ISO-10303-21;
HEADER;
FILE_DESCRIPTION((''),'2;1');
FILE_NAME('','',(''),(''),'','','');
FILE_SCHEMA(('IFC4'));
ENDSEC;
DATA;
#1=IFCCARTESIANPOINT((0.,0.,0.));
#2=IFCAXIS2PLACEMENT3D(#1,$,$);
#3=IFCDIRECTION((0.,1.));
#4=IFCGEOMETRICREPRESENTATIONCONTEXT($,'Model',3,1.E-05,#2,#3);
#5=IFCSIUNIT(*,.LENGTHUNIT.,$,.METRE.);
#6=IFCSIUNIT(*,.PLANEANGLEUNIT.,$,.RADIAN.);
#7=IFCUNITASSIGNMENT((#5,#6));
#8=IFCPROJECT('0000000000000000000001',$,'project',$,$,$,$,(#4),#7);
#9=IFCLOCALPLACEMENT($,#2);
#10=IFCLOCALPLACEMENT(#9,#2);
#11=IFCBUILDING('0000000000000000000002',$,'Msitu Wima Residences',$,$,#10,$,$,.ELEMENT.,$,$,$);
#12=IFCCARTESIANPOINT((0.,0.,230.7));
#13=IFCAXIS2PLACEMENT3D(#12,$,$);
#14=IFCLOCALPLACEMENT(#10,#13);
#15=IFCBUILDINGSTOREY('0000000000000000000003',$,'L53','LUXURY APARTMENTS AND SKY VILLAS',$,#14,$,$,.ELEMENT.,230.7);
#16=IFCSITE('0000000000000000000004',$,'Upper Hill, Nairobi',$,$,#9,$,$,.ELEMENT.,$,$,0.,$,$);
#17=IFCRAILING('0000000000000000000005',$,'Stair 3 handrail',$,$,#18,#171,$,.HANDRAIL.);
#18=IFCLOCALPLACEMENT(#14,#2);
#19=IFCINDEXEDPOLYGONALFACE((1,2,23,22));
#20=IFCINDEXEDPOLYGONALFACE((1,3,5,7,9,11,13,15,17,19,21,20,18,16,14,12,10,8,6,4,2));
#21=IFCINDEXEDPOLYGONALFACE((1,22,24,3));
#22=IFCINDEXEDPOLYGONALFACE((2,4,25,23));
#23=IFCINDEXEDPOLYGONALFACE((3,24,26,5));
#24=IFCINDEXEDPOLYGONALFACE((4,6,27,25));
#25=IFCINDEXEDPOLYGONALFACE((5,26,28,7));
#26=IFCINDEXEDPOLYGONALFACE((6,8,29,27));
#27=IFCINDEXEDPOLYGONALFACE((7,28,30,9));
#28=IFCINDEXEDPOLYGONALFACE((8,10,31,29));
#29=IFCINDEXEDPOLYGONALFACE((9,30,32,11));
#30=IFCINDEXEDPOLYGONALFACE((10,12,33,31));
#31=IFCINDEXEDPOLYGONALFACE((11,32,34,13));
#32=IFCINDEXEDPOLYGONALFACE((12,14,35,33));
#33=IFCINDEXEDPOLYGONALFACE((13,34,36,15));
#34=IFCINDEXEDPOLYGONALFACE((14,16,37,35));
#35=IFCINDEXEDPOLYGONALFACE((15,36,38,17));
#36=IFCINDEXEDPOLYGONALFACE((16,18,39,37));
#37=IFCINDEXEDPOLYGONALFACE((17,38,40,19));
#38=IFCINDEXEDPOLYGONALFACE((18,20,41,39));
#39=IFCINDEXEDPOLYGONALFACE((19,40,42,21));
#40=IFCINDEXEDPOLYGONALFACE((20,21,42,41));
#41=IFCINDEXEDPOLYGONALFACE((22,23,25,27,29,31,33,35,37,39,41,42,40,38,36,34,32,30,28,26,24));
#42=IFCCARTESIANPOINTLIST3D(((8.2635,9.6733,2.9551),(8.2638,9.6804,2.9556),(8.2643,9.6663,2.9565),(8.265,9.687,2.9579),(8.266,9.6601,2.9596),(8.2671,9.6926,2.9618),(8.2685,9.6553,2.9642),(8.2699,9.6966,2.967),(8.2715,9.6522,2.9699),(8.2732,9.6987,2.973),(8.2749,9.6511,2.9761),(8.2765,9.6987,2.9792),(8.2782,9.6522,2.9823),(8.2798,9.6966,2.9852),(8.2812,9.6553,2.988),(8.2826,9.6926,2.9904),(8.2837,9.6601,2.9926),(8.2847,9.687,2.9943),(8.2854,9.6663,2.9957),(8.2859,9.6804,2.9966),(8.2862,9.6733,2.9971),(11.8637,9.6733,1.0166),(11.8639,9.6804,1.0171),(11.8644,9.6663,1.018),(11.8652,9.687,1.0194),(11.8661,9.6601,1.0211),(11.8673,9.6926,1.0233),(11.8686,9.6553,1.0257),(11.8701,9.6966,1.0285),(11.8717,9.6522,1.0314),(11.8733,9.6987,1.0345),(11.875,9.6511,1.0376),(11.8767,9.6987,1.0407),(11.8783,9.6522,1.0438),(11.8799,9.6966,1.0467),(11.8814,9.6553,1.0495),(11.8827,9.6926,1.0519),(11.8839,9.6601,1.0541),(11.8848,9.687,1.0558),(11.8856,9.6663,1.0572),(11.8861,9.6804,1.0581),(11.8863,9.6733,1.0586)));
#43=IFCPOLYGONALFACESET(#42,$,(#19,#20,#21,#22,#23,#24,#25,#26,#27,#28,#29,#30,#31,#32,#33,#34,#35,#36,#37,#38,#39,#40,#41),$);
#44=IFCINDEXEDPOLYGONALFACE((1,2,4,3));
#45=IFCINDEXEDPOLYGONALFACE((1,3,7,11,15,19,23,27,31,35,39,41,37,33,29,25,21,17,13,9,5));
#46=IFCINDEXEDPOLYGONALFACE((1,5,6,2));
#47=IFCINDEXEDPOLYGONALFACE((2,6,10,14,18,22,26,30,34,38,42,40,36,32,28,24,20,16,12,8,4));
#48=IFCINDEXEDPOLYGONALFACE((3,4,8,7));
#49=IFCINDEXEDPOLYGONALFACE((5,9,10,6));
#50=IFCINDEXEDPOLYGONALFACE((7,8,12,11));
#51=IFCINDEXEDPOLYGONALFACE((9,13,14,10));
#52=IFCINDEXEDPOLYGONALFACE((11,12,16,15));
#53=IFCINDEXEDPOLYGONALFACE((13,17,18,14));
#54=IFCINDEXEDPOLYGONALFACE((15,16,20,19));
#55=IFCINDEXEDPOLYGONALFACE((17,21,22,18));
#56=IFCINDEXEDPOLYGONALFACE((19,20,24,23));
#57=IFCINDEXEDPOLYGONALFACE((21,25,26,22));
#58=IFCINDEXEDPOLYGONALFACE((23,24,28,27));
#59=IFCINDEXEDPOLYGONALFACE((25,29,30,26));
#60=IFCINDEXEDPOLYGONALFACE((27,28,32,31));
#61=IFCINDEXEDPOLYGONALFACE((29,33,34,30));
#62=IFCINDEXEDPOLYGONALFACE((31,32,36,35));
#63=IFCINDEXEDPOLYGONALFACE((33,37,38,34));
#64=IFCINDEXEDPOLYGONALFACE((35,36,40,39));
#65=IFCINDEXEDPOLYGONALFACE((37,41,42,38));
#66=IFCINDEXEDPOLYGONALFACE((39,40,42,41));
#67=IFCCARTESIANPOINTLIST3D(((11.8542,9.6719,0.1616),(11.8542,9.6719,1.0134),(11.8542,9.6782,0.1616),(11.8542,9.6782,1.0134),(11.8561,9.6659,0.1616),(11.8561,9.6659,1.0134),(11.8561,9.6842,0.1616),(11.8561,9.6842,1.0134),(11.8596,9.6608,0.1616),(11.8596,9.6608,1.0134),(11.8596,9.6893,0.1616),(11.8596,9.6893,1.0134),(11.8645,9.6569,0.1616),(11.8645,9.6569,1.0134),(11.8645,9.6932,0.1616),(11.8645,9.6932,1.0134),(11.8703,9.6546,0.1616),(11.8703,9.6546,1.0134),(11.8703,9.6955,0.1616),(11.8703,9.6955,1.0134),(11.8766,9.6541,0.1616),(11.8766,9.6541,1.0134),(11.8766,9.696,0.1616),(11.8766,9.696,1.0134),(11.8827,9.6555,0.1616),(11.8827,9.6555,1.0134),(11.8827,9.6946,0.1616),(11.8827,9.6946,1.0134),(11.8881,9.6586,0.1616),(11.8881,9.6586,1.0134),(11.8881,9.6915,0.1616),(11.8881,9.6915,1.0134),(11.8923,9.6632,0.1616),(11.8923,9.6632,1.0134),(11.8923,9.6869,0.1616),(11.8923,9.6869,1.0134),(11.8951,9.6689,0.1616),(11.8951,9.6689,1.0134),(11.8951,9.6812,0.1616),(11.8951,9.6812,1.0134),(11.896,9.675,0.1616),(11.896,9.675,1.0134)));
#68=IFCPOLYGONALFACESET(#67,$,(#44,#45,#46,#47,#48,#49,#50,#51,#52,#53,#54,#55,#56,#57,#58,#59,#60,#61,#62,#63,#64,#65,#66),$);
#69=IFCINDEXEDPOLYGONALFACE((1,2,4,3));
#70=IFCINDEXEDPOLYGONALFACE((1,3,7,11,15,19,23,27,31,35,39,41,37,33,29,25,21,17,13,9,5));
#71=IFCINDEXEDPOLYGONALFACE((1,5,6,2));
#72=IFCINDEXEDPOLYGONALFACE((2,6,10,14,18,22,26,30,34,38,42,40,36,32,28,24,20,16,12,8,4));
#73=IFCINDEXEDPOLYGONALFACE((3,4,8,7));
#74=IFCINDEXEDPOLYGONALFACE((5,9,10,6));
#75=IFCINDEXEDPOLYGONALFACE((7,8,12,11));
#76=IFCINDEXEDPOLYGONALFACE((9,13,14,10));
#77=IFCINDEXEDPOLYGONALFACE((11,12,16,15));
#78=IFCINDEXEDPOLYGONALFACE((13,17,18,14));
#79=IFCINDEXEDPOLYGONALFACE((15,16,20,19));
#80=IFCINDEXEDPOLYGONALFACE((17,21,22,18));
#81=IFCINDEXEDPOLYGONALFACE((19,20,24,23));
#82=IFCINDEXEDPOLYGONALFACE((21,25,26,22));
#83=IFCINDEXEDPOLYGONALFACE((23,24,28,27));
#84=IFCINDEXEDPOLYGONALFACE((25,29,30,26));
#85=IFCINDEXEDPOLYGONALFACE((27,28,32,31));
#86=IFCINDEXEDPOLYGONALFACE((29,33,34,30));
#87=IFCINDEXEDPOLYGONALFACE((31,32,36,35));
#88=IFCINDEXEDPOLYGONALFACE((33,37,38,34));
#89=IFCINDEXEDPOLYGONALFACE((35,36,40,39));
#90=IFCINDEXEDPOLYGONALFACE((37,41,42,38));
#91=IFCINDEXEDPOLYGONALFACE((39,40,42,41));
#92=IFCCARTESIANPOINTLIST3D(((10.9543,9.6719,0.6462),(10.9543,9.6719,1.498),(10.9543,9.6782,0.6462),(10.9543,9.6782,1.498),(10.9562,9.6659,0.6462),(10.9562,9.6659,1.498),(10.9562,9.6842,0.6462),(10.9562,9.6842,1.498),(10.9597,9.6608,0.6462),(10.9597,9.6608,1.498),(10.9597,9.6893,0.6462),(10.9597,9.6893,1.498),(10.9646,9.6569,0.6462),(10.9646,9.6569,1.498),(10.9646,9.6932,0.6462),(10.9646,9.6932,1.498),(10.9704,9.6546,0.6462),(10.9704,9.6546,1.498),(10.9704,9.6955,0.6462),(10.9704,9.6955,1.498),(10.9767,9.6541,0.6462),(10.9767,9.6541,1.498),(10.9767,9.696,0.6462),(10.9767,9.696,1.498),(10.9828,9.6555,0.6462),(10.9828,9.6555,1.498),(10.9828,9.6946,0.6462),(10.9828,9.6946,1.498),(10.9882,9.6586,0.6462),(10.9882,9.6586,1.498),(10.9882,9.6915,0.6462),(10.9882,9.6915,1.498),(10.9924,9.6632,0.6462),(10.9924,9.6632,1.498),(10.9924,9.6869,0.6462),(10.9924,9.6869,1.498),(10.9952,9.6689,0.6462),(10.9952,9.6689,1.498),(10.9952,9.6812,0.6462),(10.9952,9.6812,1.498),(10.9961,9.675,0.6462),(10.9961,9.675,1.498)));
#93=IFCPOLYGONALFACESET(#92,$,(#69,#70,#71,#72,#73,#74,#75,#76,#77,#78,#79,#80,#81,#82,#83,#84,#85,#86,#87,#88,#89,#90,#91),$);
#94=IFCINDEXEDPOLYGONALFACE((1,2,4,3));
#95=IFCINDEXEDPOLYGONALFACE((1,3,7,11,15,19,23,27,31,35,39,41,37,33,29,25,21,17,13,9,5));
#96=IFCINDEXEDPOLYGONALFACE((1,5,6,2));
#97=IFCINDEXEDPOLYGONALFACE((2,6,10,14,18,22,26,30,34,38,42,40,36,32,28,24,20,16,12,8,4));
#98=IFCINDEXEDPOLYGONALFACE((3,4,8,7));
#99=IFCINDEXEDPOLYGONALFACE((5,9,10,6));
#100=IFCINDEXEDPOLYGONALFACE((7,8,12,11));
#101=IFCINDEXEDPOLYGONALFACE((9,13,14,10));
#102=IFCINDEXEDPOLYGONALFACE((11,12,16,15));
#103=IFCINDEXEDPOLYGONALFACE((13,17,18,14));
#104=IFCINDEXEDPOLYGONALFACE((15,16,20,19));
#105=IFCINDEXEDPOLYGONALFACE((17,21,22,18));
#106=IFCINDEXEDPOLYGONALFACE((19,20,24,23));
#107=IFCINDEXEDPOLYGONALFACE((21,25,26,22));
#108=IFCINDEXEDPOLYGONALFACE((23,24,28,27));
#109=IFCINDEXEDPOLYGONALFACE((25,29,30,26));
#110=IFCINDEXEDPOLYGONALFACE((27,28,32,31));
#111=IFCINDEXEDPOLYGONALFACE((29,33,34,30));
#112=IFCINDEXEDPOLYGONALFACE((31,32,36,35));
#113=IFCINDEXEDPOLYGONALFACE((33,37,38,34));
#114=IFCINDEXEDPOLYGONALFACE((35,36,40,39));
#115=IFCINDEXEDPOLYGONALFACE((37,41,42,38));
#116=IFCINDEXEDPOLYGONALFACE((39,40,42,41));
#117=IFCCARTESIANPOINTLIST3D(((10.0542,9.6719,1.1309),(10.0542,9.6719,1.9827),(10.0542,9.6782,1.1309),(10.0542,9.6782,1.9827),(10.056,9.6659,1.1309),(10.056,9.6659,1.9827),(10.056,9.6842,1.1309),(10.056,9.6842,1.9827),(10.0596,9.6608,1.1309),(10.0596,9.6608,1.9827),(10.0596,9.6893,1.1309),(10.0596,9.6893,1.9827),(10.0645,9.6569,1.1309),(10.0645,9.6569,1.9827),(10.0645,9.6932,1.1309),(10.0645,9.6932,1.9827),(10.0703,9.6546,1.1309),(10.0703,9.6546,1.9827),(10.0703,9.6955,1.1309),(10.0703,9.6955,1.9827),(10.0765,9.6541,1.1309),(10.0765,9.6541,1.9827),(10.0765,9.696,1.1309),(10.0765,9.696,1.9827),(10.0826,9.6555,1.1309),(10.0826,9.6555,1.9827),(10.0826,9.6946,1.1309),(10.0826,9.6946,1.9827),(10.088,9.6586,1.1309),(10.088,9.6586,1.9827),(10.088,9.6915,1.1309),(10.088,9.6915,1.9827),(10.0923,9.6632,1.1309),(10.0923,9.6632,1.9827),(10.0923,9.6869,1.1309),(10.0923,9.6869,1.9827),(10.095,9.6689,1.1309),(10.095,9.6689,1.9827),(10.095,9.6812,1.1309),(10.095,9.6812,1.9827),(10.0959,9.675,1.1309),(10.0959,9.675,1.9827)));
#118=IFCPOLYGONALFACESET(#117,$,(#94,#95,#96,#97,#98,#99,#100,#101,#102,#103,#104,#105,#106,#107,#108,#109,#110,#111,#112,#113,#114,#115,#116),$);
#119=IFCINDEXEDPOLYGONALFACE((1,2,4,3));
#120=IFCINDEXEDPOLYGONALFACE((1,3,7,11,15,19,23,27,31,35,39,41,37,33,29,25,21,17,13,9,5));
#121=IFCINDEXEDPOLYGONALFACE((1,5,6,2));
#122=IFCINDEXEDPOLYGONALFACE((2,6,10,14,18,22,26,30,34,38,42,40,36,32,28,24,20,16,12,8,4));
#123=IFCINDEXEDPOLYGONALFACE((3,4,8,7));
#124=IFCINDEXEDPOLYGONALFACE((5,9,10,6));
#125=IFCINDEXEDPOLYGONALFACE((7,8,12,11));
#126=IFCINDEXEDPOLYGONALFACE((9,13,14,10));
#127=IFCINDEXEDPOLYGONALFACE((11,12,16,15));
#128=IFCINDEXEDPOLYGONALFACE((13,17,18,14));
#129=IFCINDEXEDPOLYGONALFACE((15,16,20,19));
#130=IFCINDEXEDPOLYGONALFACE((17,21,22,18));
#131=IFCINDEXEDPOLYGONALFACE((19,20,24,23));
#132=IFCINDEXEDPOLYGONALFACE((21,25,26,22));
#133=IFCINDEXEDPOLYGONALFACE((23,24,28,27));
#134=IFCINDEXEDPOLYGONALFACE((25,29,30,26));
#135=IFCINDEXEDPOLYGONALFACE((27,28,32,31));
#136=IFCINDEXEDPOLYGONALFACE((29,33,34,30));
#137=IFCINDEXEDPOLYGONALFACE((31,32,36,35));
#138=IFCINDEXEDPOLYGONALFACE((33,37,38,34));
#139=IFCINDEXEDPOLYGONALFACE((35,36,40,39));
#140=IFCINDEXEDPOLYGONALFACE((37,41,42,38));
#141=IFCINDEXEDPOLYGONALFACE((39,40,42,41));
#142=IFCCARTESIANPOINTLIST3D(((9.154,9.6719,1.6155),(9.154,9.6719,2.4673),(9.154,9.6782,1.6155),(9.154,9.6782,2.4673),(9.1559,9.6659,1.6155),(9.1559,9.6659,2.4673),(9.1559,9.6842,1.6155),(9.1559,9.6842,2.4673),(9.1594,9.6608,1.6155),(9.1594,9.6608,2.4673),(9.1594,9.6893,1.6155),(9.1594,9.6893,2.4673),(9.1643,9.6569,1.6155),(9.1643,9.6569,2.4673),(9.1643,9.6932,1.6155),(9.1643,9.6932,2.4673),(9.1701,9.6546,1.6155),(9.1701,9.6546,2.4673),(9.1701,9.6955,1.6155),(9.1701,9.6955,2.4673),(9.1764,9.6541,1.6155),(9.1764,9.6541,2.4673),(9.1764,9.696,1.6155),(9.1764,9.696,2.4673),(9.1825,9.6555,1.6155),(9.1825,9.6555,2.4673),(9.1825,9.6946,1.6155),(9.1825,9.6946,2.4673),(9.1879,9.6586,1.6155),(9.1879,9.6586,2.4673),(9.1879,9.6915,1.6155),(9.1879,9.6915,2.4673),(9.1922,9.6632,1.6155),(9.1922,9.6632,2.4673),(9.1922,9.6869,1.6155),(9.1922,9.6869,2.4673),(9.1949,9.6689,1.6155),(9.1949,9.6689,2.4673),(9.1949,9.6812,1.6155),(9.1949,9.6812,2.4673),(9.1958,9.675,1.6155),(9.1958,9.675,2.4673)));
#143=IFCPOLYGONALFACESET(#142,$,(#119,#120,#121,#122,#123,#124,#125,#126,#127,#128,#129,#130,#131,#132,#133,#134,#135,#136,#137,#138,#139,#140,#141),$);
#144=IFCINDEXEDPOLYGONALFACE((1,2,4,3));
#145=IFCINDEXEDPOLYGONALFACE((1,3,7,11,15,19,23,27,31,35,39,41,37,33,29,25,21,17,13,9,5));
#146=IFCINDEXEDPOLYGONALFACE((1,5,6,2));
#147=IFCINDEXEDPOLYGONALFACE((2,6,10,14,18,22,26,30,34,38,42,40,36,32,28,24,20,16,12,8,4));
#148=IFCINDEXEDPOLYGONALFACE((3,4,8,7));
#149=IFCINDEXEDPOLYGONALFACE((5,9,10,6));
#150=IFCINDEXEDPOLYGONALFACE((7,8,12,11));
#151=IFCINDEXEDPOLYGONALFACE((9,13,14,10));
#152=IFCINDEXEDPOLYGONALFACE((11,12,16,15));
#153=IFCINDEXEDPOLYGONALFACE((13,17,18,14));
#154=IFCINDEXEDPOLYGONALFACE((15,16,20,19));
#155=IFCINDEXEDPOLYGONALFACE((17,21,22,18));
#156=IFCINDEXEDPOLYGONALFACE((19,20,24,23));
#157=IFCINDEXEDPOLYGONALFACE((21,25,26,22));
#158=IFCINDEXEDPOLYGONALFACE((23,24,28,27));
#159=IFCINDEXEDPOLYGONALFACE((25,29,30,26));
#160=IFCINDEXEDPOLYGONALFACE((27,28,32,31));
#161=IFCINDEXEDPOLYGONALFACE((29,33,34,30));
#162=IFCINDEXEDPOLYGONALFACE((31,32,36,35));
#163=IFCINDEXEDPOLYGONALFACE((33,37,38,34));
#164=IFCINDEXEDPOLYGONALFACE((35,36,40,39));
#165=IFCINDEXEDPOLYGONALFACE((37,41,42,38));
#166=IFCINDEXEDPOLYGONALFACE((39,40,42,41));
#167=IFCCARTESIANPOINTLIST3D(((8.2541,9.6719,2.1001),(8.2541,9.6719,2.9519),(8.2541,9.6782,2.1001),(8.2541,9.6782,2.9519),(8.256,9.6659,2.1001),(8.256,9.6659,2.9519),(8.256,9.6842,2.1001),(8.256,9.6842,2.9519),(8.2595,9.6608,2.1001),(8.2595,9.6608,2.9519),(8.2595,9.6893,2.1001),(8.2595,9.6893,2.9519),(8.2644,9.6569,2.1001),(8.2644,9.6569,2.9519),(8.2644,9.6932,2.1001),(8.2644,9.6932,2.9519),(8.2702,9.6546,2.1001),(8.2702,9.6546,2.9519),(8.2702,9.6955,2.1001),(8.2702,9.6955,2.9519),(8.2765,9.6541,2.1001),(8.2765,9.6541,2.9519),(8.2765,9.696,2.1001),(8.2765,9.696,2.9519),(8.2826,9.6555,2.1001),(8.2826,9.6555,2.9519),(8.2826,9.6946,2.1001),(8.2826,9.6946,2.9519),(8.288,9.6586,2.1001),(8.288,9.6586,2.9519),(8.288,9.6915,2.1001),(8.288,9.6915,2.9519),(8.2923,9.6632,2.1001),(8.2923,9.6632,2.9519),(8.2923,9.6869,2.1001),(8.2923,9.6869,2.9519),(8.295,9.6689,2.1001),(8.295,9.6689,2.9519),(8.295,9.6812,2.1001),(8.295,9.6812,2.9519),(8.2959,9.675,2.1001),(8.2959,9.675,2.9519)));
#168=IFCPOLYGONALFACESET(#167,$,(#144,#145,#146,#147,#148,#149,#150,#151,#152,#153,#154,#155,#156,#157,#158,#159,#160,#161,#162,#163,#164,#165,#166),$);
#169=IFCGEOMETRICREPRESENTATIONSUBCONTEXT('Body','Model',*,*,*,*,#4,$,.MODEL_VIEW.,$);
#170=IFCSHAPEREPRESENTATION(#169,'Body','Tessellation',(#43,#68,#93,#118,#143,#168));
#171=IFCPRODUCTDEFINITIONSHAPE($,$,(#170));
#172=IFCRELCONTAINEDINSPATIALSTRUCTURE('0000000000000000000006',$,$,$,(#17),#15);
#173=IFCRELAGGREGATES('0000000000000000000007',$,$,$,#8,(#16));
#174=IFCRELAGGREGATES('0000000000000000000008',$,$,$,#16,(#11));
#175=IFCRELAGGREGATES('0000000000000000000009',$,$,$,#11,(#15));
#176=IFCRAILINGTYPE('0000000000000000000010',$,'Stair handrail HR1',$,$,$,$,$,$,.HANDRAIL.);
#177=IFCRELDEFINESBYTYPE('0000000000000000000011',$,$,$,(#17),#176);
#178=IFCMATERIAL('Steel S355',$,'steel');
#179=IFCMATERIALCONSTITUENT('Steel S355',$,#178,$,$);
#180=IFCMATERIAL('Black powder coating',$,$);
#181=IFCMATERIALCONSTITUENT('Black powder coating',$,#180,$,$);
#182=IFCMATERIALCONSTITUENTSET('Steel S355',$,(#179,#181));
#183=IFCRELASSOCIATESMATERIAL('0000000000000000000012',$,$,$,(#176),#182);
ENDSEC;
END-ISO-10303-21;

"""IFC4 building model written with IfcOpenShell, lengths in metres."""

from ifc_helpers import new_model, si_unit, direction, frame, origin, origin_2d, place, context, subcontext, project, spatial, circle, extrude, material, constituent, constituent_set, type_object, element, save


model = new_model("IFC4")

# Units and contexts
model_context = context("Model", 3, precision=1e-05, world=origin(), true_north=direction((0.0, 1.0)))
body_context = subcontext(model_context, "Body", "Model", "MODEL_VIEW")
ifc_project = project(units=[si_unit("LENGTHUNIT", "METRE"), si_unit("PLANEANGLEUNIT", "RADIAN")], contexts=[model_context])

# Site, building, storey
site_placement = place(None, origin())
site = spatial("IfcSite", under=ifc_project, at=site_placement, Name="Upper Hill, Nairobi", CompositionType="ELEMENT", RefElevation=0.0)
building_placement = place(site_placement, origin())
building = spatial("IfcBuilding", under=site, at=building_placement, Name="Msitu Wima Residences", CompositionType="ELEMENT")
storey_placement = place(building_placement, frame((0.0, 0.0, 230.7)))
storey = spatial("IfcBuildingStorey", under=building, at=storey_placement, Name="L53", Description="LUXURY APARTMENTS AND SKY VILLAS", CompositionType="ELEMENT", Elevation=230.7)

# Railing
ifc_material_1 = material(Name="Steel S355", Category="steel")
ifc_constituent_1 = constituent(ifc_material_1, Name="Steel S355")
ifc_material_2 = material(Name="Black powder coating")
ifc_constituent_2 = constituent(ifc_material_2, Name="Black powder coating")
ifc_constituent_set = constituent_set(constituents=[ifc_constituent_1, ifc_constituent_2], Name="Steel S355")
railing_type = type_object("IfcRailingType", Name="Stair handrail HR1", PredefinedType="HANDRAIL", material=ifc_constituent_set)
for number, where, name in (
    (1, (11.875, 9.675, 0.1616), "Stair 3 handrail"),
):
    element("IfcRailing", number, at=place(storey_placement, frame(where)), inside=storey, type_object=railing_type, Name=name, PredefinedType="HANDRAIL", context=body_context, shape_type="SweptSolid", body=[
        extrude(circle(Radius=0.0239, at=origin_2d()), frame((0.0, 0.0, 0.876), z_axis=(-0.880475, 0.0, 0.474093), x_axis=(0.0, -1.0, 0.0)), (0.0, 0.0, 1.0), 4.0889),
        extrude(circle(Radius=0.021, at=origin_2d()), origin(), (0.0, 0.0, 1.0), 0.8518),
        extrude(circle(Radius=0.021, at=origin_2d()), frame((-0.8999, 0.0, 0.4846)), (0.0, 0.0, 1.0), 0.8518),
        extrude(circle(Radius=0.021, at=origin_2d()), frame((-1.8, 0.0, 0.9692)), (0.0, 0.0, 1.0), 0.8518),
        extrude(circle(Radius=0.021, at=origin_2d()), frame((-2.7002, 0.0, 1.4539)), (0.0, 0.0, 1.0), 0.8518),
        extrude(circle(Radius=0.021, at=origin_2d()), frame((-3.6001, 0.0, 1.9385)), (0.0, 0.0, 1.0), 0.8518),
    ])

save(model, "model.ifc")
